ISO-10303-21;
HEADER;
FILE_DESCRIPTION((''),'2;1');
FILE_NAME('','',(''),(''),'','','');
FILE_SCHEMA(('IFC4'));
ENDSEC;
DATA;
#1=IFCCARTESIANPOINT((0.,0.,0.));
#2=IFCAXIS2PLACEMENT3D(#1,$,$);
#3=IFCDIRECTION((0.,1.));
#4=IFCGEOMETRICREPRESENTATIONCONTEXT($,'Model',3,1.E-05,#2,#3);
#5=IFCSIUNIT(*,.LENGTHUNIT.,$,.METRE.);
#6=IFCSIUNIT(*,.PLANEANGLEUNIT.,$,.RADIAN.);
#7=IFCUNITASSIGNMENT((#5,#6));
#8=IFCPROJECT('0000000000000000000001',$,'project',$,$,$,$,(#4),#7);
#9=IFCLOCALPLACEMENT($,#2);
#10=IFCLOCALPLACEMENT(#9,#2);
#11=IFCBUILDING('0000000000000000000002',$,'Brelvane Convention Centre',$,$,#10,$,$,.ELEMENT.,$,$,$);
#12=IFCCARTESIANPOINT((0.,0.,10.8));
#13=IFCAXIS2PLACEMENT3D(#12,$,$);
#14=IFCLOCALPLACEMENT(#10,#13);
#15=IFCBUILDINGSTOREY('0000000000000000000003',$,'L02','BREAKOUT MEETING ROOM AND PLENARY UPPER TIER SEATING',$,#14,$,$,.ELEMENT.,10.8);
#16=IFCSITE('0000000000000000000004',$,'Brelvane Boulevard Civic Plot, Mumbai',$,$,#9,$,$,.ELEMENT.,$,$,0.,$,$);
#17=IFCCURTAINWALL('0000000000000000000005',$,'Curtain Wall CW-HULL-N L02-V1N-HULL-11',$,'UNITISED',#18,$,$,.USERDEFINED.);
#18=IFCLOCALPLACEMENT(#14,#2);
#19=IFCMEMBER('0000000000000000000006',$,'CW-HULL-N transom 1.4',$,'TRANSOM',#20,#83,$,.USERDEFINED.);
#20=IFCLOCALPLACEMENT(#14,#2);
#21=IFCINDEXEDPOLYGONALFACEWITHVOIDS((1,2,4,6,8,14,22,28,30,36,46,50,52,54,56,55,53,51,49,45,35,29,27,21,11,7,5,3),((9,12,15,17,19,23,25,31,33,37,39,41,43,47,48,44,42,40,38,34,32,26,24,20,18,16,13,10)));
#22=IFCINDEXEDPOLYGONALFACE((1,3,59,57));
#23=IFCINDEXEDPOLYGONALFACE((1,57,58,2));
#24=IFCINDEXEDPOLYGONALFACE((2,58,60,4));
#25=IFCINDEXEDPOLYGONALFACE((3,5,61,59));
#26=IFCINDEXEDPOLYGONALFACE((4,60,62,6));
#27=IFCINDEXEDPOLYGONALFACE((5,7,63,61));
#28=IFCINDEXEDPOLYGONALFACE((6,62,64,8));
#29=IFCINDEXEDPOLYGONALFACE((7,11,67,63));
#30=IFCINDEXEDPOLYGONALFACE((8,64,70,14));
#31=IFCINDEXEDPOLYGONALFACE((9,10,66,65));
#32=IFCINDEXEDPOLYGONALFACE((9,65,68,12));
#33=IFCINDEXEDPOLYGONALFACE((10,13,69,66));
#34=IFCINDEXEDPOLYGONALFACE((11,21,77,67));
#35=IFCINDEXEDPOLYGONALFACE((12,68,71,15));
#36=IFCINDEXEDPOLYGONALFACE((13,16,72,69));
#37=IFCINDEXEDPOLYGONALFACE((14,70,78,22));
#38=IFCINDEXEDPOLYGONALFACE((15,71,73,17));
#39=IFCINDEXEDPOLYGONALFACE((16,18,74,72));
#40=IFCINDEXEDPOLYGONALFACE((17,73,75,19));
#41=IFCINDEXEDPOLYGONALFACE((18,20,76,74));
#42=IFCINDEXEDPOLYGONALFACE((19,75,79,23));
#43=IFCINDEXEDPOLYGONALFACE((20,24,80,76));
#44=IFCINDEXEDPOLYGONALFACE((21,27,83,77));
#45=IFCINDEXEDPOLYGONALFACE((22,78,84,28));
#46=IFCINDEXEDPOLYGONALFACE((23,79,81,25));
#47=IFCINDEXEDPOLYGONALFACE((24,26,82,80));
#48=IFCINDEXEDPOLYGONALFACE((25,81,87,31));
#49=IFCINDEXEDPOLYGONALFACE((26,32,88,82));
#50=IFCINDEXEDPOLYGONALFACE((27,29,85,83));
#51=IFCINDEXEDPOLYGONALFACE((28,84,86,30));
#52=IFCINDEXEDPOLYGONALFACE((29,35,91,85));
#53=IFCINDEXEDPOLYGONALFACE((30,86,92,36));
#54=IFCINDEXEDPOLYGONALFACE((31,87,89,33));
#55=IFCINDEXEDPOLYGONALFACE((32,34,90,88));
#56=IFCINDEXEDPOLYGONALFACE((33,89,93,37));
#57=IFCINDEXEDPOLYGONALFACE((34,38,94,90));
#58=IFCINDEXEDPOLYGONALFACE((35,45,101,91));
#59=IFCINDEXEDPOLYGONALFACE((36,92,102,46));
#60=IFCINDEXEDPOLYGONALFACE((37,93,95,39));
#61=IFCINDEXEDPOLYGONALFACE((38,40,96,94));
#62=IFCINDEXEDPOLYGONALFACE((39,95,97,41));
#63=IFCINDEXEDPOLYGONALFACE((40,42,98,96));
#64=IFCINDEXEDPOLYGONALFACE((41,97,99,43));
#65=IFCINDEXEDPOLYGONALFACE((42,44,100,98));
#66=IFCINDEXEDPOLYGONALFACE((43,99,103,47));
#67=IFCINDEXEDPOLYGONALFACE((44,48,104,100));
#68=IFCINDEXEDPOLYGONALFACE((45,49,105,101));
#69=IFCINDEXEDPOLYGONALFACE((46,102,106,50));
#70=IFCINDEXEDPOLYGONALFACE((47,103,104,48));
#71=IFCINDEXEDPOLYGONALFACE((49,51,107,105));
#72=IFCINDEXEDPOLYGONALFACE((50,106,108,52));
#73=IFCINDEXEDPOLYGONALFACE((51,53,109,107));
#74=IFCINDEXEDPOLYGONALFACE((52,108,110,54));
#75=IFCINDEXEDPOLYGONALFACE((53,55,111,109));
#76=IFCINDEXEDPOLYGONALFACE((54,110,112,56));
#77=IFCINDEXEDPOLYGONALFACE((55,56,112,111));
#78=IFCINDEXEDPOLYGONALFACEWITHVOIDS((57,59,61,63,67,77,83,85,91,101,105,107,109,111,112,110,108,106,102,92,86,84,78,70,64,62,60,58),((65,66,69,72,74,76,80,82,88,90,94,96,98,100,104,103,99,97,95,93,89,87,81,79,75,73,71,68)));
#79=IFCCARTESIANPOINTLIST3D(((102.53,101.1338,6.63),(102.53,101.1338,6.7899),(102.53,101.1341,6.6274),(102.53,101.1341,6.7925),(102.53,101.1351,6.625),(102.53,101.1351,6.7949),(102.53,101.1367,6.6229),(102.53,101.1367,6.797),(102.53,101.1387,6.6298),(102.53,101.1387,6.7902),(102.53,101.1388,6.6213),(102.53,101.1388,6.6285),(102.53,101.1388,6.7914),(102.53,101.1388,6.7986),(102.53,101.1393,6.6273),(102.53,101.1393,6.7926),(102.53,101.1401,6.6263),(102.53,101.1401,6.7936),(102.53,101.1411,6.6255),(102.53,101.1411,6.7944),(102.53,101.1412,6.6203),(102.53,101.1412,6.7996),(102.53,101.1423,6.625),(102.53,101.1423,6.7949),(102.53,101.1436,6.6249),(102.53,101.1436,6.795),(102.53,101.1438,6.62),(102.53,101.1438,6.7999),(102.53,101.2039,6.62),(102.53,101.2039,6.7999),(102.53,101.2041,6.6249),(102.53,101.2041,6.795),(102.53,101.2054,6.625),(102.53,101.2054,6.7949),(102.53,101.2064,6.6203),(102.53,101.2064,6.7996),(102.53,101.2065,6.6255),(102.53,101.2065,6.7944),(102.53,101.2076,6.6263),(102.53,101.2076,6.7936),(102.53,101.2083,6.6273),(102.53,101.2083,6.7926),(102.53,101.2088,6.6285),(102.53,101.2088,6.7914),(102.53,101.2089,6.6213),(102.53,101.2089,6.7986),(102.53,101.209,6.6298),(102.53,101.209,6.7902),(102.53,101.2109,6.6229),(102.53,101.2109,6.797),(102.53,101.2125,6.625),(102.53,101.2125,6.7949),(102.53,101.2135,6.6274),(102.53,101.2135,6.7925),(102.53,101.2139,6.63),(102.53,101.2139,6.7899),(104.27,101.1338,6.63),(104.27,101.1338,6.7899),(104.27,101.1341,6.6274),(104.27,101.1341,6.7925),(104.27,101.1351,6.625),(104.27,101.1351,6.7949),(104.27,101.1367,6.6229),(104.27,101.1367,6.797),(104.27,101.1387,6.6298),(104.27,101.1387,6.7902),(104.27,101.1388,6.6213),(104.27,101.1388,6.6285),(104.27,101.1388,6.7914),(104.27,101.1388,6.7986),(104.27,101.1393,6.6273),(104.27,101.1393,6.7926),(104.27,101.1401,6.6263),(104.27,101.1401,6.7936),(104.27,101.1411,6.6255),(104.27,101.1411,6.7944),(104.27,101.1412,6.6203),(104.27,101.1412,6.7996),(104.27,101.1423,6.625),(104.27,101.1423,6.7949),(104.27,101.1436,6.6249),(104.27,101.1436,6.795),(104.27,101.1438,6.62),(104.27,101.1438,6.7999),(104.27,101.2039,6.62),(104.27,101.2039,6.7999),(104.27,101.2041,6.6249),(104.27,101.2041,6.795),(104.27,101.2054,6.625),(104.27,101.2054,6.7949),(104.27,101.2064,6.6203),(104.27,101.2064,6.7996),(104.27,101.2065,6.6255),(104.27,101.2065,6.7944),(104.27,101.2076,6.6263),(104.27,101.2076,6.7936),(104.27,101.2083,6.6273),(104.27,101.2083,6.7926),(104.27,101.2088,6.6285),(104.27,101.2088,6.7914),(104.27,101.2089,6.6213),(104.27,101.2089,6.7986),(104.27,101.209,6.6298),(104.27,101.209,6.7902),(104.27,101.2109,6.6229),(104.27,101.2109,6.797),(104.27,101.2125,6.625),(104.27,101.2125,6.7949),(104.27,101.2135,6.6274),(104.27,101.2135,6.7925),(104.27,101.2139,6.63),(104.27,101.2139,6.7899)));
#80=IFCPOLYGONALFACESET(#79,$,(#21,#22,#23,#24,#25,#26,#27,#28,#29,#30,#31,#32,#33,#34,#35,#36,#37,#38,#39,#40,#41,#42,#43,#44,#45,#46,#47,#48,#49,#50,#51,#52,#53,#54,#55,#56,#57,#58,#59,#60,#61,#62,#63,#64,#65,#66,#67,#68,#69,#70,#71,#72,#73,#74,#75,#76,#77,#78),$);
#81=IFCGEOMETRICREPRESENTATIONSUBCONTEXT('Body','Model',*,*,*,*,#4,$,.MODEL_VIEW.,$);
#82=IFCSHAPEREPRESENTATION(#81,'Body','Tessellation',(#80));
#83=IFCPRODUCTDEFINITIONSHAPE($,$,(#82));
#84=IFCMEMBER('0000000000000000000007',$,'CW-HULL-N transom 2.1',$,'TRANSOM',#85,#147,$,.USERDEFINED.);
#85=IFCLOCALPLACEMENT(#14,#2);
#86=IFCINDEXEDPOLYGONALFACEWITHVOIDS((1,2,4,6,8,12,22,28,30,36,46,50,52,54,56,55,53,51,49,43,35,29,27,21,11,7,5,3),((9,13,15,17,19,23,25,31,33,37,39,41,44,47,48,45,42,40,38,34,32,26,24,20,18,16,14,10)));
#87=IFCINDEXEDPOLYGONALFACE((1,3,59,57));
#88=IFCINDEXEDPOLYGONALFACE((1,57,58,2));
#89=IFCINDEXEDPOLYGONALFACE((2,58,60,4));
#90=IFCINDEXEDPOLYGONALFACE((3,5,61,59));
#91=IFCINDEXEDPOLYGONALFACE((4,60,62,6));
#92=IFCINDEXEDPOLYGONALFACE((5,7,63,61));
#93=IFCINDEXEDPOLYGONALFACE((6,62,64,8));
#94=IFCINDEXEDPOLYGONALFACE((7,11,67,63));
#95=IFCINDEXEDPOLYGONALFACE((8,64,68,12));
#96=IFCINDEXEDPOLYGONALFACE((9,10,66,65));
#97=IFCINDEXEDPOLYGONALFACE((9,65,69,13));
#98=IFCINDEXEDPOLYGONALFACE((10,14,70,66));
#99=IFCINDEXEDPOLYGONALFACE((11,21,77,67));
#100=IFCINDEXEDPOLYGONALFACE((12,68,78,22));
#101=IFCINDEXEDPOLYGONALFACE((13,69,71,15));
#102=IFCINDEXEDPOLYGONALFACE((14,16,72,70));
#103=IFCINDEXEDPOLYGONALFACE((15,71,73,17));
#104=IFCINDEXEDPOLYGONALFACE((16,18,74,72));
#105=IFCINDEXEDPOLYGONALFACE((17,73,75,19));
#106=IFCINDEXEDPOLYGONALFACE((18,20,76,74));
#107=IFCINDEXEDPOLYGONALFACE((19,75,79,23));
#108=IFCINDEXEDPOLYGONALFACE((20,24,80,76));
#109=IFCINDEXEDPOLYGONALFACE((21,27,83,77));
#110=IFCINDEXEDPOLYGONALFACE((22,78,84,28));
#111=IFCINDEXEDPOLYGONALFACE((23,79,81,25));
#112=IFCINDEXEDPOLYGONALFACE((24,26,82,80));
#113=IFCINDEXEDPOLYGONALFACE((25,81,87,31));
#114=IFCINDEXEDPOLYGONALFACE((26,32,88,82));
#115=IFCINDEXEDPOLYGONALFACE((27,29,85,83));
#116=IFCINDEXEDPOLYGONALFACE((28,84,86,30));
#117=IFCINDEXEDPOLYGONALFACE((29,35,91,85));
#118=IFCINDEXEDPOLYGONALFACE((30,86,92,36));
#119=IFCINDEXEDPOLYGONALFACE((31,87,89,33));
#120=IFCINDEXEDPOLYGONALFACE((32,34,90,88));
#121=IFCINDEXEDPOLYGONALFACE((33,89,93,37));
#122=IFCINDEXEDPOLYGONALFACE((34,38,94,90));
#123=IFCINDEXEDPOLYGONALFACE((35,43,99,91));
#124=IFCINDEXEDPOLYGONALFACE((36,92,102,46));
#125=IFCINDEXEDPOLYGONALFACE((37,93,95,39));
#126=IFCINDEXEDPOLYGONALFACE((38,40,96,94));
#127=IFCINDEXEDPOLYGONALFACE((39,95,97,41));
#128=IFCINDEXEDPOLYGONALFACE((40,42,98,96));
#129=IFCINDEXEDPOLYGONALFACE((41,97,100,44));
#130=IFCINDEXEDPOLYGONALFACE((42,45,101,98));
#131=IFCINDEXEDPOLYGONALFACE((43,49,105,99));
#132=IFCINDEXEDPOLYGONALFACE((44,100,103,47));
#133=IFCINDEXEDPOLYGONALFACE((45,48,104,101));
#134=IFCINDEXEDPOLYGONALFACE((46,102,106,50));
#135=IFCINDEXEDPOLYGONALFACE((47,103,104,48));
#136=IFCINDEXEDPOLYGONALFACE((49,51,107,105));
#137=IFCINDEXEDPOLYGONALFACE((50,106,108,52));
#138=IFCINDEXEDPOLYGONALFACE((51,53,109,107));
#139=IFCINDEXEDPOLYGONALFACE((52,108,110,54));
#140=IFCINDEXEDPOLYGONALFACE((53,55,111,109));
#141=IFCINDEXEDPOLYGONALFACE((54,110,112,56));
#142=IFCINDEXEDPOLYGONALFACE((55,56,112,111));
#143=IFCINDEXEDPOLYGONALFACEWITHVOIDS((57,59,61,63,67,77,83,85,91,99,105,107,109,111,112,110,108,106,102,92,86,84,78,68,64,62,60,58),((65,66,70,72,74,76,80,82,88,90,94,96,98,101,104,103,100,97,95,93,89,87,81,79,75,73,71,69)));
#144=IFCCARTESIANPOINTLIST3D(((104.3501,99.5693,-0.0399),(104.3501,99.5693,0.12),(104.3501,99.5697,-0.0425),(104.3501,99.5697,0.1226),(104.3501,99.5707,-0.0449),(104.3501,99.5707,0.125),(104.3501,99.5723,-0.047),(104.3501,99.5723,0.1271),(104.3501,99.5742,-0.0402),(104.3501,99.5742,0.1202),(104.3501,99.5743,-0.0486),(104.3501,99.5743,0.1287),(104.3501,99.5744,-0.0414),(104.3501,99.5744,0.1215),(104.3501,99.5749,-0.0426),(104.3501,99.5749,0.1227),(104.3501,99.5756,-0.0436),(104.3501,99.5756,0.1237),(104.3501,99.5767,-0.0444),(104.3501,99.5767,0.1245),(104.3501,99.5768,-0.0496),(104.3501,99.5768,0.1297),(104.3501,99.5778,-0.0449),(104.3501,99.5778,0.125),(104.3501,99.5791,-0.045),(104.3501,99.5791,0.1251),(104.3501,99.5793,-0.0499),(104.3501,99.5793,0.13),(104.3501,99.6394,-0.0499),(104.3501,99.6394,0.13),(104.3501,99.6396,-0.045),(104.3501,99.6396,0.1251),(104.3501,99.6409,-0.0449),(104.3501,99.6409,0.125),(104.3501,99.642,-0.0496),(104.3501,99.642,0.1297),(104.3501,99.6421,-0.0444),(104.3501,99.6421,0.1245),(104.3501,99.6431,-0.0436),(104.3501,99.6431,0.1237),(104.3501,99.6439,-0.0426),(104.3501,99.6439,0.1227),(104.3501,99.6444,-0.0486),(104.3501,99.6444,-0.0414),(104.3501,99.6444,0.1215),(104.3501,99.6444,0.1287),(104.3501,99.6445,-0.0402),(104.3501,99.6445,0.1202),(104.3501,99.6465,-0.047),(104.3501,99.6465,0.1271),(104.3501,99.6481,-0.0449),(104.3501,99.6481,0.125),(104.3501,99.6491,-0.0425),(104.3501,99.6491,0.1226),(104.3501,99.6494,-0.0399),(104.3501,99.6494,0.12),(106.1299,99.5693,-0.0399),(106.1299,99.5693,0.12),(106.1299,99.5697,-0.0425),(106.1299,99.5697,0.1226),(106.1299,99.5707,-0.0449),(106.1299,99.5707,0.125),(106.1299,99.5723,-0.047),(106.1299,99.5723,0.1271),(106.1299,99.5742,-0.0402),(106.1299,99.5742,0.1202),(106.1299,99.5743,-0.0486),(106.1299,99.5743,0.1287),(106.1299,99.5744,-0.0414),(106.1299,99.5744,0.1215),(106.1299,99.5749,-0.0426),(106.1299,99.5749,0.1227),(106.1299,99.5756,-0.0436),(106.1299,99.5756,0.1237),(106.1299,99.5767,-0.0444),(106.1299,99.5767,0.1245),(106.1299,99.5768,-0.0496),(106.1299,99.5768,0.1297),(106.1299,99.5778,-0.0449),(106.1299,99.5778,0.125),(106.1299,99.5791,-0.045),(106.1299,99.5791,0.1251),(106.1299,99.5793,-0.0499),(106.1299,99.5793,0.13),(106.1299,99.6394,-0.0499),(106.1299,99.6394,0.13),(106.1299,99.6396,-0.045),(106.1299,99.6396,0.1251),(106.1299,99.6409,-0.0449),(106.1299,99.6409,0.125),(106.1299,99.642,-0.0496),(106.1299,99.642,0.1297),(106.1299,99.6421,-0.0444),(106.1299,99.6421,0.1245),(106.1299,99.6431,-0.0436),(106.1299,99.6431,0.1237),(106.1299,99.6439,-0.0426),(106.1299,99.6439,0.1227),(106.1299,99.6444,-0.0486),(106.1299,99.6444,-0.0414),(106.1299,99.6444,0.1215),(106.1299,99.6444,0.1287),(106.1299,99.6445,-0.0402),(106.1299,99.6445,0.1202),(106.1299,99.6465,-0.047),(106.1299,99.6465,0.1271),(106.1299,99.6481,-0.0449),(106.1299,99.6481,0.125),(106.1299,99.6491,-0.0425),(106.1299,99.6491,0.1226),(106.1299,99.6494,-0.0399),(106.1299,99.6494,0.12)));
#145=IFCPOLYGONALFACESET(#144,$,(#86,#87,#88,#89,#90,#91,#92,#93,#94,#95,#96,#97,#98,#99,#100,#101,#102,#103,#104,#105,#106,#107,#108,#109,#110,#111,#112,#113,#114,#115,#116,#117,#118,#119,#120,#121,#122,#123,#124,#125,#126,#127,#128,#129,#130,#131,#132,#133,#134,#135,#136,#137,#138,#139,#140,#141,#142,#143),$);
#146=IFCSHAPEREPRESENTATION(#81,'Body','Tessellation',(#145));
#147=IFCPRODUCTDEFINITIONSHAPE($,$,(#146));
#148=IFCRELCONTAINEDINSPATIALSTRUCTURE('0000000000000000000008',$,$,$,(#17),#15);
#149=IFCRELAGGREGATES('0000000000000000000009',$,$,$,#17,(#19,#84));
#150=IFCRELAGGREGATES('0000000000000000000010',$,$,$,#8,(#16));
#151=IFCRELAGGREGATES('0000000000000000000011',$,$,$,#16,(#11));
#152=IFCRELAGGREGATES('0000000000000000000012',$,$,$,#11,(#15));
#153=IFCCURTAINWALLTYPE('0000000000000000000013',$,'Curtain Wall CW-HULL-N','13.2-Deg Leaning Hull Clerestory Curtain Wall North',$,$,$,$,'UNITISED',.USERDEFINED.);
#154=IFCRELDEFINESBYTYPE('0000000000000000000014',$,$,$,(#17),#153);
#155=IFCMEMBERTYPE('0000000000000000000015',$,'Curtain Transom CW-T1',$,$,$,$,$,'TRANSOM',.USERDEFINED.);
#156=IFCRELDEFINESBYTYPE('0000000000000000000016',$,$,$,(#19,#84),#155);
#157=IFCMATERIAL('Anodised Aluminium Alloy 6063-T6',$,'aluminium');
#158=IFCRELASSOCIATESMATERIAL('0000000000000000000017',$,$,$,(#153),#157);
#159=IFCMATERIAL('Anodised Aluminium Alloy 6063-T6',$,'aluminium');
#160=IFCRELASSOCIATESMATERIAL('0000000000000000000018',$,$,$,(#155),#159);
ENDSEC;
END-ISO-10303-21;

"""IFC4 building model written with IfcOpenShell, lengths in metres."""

from ifc_helpers import new_model, si_unit, direction, frame, origin, origin_2d, place, context, subcontext, project, spatial, hollow_rectangle, extrude, material, material_profile, profile_set, type_object, element, aggregate, save


model = new_model("IFC4")

# Units and contexts
model_context = context("Model", 3, precision=1e-05, world=origin(), true_north=direction((0.0, 1.0)))
body_context = subcontext(model_context, "Body", "Model", "MODEL_VIEW")
ifc_project = project(units=[si_unit("LENGTHUNIT", "METRE"), si_unit("PLANEANGLEUNIT", "RADIAN")], contexts=[model_context])

# Site, building, storey
site_placement = place(None, origin())
site = spatial("IfcSite", under=ifc_project, at=site_placement, Name="Brelvane Boulevard Civic Plot, Mumbai", CompositionType="ELEMENT", RefElevation=0.0)
building_placement = place(site_placement, origin())
building = spatial("IfcBuilding", under=site, at=building_placement, Name="Brelvane Convention Centre", CompositionType="ELEMENT")
storey_placement = place(building_placement, frame((0.0, 0.0, 10.8)))
storey = spatial("IfcBuildingStorey", under=building, at=storey_placement, Name="L02", Description="BREAKOUT MEETING ROOM AND PLENARY UPPER TIER SEATING", CompositionType="ELEMENT", Elevation=10.8)

# Curtain wall
ifc_material_1 = material(Name="Anodised Aluminium Alloy 6063-T6", Category="aluminium")
curtain_wall_type = type_object("IfcCurtainWallType", Name="Curtain Wall CW-HULL-N", Description="13.2-Deg Leaning Hull Clerestory Curtain Wall North", ElementType="UNITISED", PredefinedType="USERDEFINED", material=ifc_material_1)
curtain_wall_1_placement = place(storey_placement, origin())
curtain_wall_1 = element("IfcCurtainWall", 1, at=curtain_wall_1_placement, inside=storey, type_object=curtain_wall_type, Name="Curtain Wall CW-HULL-N L02-V1N-HULL-11", ObjectType="UNITISED", PredefinedType="USERDEFINED")

# Members
ifc_material_2 = material(Name="Anodised Aluminium Alloy 6063-T6", Category="aluminium")
ifc_material_profile_1 = material_profile(ifc_material_2, hollow_rectangle(XDim=0.0801, YDim=0.1799, WallThickness=0.0049, InnerFilletRadius=0.0049, OuterFilletRadius=0.01, at=origin_2d()), Name="ALU-T 180x80x5.0")
ifc_profile_set_1 = profile_set([ifc_material_profile_1], Name="Anodised Aluminium Alloy 6063-T6")
member_type_1 = type_object("IfcMemberType", Name="Curtain Transom CW-T1", ElementType="TRANSOM", PredefinedType="USERDEFINED", material=ifc_profile_set_1)
member_1_placement = place(storey_placement, frame((102.53, 101.1738, 6.71), z_axis=(1.0, 0.0, 0.0), x_axis=(0.0, 1.0, 0.0)))
member_1 = element("IfcMember", 2, at=member_1_placement, type_object=member_type_1, Name="CW-HULL-N transom 1.4", ObjectType="TRANSOM", PredefinedType="USERDEFINED", context=body_context, shape_type="SweptSolid", body=[
    extrude(hollow_rectangle(XDim=0.0801, YDim=0.1799, WallThickness=0.0049, InnerFilletRadius=0.0049, OuterFilletRadius=0.01, at=origin_2d()), origin(), (0.0, 0.0, 1.0), 1.74),
])
member_2_placement = place(storey_placement, frame((104.3501, 99.6094, 0.04), z_axis=(1.0, 0.0, 0.0), x_axis=(0.0, 1.0, 0.0)))
member_2 = element("IfcMember", 3, at=member_2_placement, type_object=member_type_1, Name="CW-HULL-N transom 2.1", ObjectType="TRANSOM", PredefinedType="USERDEFINED", context=body_context, shape_type="SweptSolid", body=[
    extrude(hollow_rectangle(XDim=0.0801, YDim=0.1799, WallThickness=0.0049, InnerFilletRadius=0.0049, OuterFilletRadius=0.01, at=origin_2d()), origin(), (0.0, 0.0, 1.0), 1.7798),
])

aggregate(curtain_wall_1, [member_1, member_2])

save(model, "model.ifc")
